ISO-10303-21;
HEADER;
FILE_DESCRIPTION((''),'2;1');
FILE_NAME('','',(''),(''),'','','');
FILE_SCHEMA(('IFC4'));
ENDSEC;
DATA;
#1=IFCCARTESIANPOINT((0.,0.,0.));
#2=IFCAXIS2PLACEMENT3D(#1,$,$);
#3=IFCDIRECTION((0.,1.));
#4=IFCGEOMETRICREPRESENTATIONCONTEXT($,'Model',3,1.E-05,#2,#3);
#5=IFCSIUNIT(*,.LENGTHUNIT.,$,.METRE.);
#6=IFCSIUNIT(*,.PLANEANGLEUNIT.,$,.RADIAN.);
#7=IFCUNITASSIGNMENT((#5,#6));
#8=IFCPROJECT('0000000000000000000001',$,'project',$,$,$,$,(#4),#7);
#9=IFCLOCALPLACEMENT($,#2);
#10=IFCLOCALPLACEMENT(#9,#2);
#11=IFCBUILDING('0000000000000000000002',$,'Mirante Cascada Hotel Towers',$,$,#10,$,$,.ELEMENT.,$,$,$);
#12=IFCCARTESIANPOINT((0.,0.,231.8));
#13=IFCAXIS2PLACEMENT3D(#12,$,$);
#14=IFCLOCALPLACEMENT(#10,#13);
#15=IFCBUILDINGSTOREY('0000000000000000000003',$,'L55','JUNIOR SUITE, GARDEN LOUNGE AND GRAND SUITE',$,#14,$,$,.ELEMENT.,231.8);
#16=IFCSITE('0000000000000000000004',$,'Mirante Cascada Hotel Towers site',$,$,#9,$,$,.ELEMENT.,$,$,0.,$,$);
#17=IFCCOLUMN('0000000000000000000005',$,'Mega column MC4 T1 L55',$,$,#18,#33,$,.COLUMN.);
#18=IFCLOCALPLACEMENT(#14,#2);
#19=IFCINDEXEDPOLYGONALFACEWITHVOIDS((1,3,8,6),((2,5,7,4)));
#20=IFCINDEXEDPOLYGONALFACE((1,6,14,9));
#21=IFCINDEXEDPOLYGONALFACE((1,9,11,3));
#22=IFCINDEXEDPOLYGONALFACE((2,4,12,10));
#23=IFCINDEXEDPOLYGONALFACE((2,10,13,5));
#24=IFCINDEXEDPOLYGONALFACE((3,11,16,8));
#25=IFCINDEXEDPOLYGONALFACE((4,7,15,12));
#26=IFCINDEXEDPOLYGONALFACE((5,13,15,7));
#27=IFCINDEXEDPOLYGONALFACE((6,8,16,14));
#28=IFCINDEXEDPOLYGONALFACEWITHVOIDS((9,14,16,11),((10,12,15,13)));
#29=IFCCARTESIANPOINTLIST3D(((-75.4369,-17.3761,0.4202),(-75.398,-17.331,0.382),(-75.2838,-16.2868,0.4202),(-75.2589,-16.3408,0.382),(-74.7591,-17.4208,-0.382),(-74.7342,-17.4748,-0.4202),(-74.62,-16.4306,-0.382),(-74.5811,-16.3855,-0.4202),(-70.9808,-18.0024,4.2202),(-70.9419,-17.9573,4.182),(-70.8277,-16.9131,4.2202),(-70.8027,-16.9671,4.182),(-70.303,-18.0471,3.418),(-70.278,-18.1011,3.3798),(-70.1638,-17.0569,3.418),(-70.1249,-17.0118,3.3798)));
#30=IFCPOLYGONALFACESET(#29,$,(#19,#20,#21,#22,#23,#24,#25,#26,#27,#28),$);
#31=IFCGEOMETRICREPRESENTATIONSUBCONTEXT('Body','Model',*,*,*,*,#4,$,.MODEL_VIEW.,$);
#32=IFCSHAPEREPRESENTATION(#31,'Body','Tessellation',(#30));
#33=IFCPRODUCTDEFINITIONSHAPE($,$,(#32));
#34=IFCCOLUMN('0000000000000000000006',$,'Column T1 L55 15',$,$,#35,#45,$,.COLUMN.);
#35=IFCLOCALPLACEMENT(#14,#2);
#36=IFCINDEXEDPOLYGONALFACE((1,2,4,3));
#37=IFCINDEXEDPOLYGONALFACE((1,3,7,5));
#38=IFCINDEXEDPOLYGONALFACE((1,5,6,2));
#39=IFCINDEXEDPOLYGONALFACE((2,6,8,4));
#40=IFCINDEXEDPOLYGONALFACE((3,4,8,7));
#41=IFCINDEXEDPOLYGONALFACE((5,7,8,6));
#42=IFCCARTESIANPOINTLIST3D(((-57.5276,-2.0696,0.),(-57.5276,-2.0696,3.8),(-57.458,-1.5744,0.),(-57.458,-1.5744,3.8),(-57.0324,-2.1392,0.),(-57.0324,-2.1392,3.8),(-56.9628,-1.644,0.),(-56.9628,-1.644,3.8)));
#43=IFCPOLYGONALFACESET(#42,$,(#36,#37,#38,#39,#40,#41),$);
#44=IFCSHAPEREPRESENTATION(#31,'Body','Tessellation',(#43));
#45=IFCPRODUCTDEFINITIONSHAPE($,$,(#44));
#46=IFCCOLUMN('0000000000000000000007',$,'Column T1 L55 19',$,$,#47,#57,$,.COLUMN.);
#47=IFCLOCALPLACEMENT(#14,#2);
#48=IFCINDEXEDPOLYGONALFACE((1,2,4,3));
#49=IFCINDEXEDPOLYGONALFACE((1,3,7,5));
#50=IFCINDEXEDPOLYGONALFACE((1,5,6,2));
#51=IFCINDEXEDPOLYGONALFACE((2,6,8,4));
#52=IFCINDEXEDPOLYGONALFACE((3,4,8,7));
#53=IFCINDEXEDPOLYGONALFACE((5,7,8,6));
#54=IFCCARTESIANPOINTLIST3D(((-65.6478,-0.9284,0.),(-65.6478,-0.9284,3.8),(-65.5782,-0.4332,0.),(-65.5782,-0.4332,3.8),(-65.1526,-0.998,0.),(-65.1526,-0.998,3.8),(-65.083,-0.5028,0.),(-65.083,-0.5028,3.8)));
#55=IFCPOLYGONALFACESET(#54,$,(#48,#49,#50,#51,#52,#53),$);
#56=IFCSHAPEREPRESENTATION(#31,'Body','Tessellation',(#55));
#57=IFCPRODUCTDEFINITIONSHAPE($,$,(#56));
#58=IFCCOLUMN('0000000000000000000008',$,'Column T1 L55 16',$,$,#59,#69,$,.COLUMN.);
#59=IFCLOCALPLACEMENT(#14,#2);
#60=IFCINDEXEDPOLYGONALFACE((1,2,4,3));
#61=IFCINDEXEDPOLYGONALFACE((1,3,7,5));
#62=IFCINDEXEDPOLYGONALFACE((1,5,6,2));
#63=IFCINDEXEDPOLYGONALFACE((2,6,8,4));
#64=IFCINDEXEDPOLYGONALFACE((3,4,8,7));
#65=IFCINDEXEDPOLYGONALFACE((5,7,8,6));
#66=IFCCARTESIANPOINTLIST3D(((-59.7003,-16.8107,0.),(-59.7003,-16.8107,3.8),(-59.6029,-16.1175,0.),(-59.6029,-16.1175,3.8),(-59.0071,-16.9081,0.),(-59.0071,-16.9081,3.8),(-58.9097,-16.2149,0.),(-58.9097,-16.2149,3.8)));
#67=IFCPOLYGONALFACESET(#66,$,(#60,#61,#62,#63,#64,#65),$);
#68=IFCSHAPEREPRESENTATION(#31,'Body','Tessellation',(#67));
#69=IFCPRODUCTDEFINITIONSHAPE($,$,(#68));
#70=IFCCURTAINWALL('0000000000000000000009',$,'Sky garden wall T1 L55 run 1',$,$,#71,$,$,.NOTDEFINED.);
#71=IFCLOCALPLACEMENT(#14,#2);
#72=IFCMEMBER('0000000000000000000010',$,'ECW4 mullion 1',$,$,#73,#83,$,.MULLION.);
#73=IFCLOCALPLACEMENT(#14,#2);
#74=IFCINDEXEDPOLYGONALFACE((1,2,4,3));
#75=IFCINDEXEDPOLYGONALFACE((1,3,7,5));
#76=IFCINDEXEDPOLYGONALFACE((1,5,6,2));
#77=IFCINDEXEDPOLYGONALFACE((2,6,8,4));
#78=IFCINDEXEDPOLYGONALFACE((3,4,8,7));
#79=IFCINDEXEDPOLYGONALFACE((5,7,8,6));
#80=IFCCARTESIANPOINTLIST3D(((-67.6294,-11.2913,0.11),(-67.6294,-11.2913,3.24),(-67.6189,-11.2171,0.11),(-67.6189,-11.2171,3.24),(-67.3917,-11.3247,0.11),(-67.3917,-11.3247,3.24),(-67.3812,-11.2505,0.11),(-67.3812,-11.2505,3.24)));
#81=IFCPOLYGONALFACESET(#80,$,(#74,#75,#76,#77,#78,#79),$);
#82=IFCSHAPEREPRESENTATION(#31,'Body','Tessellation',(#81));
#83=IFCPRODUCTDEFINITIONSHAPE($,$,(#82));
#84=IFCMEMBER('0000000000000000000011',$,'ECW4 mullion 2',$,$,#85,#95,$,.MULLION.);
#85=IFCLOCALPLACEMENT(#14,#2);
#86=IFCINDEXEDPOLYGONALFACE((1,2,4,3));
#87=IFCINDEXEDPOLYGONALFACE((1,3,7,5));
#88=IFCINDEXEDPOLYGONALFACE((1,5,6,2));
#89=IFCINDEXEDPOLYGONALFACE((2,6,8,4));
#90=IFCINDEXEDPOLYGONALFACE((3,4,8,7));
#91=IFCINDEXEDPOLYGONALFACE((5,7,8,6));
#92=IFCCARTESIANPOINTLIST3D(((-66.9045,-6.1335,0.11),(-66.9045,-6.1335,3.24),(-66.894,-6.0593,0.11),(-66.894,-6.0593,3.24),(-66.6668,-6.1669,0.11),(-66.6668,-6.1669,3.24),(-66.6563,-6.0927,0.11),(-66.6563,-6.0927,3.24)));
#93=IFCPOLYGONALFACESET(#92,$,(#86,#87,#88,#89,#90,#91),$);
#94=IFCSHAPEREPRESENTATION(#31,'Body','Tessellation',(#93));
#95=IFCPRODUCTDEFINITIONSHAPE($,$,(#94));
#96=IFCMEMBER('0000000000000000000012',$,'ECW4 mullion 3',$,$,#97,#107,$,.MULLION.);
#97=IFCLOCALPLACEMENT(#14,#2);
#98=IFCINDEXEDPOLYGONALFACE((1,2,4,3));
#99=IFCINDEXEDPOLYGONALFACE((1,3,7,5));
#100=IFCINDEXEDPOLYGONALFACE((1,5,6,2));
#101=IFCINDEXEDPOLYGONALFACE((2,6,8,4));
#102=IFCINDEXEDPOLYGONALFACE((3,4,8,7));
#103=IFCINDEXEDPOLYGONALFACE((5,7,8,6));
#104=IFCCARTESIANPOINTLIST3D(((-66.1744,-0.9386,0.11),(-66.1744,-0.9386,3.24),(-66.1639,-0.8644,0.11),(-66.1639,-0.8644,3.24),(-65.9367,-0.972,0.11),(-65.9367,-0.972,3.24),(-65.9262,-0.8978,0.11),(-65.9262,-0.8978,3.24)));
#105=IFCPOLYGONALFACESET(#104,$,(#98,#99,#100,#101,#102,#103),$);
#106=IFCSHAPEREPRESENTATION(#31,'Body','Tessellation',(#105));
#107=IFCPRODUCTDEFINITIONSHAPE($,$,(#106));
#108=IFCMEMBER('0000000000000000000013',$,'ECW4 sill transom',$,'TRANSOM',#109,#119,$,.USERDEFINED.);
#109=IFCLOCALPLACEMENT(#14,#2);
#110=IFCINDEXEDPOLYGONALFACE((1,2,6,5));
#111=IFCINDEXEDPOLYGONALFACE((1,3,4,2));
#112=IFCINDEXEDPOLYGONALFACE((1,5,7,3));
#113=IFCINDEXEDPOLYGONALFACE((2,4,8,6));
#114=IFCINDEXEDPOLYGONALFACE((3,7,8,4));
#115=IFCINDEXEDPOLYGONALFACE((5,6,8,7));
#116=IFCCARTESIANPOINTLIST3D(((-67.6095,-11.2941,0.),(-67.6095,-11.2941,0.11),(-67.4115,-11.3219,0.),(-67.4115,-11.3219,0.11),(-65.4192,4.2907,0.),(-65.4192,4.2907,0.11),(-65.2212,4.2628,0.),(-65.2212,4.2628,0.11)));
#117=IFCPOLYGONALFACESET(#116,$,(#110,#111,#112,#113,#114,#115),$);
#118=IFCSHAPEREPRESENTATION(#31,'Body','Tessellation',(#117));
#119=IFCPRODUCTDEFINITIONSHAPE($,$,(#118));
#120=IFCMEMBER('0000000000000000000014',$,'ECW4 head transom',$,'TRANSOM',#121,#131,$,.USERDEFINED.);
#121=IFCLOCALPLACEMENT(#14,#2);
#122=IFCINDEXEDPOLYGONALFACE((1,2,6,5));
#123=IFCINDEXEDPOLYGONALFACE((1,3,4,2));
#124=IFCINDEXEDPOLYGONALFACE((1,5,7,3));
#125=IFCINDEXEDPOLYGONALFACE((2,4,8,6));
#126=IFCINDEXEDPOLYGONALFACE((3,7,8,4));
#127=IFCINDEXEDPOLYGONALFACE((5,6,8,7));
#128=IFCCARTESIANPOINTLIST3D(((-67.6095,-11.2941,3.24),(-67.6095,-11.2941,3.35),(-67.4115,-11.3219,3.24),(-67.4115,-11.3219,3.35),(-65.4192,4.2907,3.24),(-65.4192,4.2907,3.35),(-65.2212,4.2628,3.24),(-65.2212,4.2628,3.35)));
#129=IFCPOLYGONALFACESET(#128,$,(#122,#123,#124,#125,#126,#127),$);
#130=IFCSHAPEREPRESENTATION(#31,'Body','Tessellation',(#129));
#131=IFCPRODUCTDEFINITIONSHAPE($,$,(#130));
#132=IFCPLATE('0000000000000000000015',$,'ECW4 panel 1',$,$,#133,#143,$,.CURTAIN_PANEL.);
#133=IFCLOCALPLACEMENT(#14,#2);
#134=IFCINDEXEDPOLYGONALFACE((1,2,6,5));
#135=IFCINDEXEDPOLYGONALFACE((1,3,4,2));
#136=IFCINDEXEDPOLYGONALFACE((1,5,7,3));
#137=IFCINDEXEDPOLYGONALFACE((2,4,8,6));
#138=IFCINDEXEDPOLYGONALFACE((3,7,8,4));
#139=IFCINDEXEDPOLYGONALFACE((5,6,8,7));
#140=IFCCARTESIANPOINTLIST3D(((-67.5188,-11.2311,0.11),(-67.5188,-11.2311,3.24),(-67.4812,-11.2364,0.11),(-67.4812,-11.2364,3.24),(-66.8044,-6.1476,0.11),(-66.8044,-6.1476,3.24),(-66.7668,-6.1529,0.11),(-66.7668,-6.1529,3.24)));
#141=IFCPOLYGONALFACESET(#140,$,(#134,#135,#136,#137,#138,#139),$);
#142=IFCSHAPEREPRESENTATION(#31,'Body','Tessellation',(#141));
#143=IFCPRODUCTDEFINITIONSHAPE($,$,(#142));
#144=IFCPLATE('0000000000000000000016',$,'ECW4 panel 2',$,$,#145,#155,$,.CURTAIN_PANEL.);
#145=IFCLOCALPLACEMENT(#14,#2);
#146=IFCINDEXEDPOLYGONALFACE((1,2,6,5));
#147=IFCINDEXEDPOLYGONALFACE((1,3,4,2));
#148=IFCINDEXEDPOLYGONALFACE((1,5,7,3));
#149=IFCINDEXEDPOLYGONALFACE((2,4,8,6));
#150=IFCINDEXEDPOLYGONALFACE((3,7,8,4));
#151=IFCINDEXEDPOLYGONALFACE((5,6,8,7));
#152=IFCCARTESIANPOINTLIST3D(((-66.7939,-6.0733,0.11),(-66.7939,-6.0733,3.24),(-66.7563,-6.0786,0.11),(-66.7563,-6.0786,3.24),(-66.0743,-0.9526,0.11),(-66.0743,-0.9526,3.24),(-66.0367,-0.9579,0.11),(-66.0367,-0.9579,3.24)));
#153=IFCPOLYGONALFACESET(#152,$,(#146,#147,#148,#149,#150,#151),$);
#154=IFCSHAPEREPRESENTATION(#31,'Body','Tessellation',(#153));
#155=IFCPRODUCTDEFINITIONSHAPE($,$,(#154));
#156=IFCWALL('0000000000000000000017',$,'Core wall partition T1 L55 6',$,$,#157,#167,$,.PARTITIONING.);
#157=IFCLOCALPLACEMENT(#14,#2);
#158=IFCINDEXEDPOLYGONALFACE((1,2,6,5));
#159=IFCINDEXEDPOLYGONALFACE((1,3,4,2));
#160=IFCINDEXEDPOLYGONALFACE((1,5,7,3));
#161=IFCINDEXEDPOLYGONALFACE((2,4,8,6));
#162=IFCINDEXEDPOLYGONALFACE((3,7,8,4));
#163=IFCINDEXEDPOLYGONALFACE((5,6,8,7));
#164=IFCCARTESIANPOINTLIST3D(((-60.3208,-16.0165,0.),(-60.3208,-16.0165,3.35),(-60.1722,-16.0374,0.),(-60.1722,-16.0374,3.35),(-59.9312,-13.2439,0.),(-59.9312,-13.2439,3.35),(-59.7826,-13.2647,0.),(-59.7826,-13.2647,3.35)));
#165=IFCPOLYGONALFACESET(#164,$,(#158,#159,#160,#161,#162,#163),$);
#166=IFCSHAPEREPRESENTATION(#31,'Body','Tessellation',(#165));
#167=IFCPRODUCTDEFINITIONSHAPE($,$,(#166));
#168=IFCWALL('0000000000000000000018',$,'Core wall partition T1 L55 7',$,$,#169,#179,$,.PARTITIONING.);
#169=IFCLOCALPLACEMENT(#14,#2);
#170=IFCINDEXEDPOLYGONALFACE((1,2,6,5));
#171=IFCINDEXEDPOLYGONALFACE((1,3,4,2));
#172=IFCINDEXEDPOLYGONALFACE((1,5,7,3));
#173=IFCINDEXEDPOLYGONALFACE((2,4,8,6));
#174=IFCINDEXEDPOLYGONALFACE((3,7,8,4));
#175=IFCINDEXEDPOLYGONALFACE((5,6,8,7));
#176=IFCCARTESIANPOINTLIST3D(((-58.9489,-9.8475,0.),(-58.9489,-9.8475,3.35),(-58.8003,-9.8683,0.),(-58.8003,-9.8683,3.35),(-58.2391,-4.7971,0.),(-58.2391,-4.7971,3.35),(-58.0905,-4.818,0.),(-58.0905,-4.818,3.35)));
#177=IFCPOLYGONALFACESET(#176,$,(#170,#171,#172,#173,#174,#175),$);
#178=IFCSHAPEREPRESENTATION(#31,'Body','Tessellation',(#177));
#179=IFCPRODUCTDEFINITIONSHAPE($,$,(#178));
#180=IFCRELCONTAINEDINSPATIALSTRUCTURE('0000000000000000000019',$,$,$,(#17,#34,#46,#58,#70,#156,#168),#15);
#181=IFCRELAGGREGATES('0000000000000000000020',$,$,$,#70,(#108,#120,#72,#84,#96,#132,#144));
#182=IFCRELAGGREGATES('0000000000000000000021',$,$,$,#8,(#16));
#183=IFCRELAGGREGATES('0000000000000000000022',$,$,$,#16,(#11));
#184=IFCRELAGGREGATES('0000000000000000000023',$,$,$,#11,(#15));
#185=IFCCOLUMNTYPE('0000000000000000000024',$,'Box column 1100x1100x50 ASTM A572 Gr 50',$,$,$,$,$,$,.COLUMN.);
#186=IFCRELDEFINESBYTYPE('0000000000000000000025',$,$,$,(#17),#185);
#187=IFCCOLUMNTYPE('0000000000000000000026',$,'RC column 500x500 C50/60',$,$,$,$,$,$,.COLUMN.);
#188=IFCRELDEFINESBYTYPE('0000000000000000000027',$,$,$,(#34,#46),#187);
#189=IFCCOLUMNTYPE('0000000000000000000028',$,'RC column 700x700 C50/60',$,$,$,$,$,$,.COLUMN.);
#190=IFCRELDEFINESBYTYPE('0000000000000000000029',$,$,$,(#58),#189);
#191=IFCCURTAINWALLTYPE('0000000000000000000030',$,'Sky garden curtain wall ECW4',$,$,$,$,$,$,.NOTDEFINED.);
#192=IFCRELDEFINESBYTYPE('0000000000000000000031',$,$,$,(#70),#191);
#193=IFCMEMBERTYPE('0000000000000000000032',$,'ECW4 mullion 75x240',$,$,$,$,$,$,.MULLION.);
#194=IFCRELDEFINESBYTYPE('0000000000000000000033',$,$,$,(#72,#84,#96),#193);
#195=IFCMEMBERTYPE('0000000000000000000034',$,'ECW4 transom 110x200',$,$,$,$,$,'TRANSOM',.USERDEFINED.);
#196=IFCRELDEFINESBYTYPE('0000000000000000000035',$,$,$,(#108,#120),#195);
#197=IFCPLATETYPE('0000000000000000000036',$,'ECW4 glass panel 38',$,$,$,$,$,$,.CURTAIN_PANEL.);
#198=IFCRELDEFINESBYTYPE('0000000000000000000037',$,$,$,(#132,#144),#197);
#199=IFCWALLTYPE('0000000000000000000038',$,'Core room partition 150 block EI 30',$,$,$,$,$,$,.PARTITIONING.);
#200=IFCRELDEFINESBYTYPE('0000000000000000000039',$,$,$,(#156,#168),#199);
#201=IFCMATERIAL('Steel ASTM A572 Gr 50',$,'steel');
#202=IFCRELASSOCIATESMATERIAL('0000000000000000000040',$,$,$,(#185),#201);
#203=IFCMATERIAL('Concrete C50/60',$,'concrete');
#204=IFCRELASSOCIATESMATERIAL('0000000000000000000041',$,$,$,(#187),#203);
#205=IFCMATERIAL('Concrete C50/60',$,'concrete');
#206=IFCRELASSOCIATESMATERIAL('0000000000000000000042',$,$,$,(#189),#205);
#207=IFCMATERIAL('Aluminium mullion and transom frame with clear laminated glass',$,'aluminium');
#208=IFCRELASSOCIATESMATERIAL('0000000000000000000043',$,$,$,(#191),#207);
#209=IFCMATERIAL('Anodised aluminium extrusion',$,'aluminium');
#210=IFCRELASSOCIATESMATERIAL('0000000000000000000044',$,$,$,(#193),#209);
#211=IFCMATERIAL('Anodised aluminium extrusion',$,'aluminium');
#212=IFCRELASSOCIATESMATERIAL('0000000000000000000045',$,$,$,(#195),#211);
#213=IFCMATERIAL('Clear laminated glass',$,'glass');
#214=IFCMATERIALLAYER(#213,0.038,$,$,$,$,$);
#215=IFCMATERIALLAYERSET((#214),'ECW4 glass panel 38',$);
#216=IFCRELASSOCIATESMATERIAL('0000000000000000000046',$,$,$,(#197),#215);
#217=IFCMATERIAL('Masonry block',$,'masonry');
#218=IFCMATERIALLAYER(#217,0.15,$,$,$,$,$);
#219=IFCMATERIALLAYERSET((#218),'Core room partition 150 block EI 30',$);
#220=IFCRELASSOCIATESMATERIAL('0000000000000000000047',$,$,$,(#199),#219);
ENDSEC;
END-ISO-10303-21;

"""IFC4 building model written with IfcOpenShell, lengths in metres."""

from ifc_helpers import new_model, si_unit, direction, frame, frame_2d, origin, origin_2d, place, context, subcontext, project, spatial, rectangle, hollow_rectangle, extrude, material, layer, layer_set, material_profile, profile_set, type_object, element, aggregate, save


model = new_model("IFC4")

# Units and contexts
model_context = context("Model", 3, precision=1e-05, world=origin(), true_north=direction((0.0, 1.0)))
body_context = subcontext(model_context, "Body", "Model", "MODEL_VIEW")
ifc_project = project(units=[si_unit("LENGTHUNIT", "METRE"), si_unit("PLANEANGLEUNIT", "RADIAN")], contexts=[model_context])

# Site, building, storey
site_placement = place(None, origin())
site = spatial("IfcSite", under=ifc_project, at=site_placement, Name="Mirante Cascada Hotel Towers site", CompositionType="ELEMENT", RefElevation=0.0)
building_placement = place(site_placement, origin())
building = spatial("IfcBuilding", under=site, at=building_placement, Name="Mirante Cascada Hotel Towers", CompositionType="ELEMENT")
storey_placement = place(building_placement, frame((0.0, 0.0, 231.8)))
storey = spatial("IfcBuildingStorey", under=building, at=storey_placement, Name="L55", Description="JUNIOR SUITE, GARDEN LOUNGE AND GRAND SUITE", CompositionType="ELEMENT", Elevation=231.8)

# Columns
ifc_material_1 = material(Name="Steel ASTM A572 Gr 50", Category="steel")
ifc_material_profile_1 = material_profile(ifc_material_1, hollow_rectangle(XDim=1.1, YDim=1.1, WallThickness=0.05, at=origin_2d()), Name="Box column 1100x1100x50 ASTM A572 Gr 50")
ifc_profile_set_1 = profile_set([ifc_material_profile_1], Name="Steel ASTM A572 Gr 50")
column_type_1 = type_object("IfcColumnType", Name="Box column 1100x1100x50 ASTM A572 Gr 50", PredefinedType="COLUMN", material=ifc_profile_set_1)
column_1_placement = place(storey_placement, frame((-75.009, -16.8808, 0.0), z_axis=(0.756594, -0.106336, 0.645181), x_axis=(0.139178, 0.990267, 0.0)))
element("IfcColumn", 1, at=column_1_placement, inside=storey, type_object=column_type_1, Name="Mega column MC4 T1 L55", PredefinedType="COLUMN", context=body_context, shape_type="SweptSolid", body=[
    extrude(hollow_rectangle(XDim=1.1, YDim=1.1, WallThickness=0.05, at=origin_2d()), origin(), (0.0, 0.0, 1.0), 5.8898),
])
ifc_material_2 = material(Name="Concrete C50/60", Category="concrete")
ifc_material_profile_2 = material_profile(ifc_material_2, rectangle(XDim=0.5, YDim=0.5, at=origin_2d()), Name="RC column 500x500 C50/60")
ifc_profile_set_2 = profile_set([ifc_material_profile_2], Name="Concrete C50/60")
column_type_2 = type_object("IfcColumnType", Name="RC column 500x500 C50/60", PredefinedType="COLUMN", material=ifc_profile_set_2)
for number, where, z_axis, x_axis, name in (
    (2, (-57.2452, -1.8568, 0.0), (0.0, 0.0, 1.0), (-0.990268, 0.139173, 0.0), "Column T1 L55 15"),
    (3, (-65.3654, -0.7156, 0.0), (0.0, 0.0, 1.0), (-0.990268, 0.139173, 0.0), "Column T1 L55 19"),
):
    element("IfcColumn", number, at=place(storey_placement, frame(where, z_axis=z_axis, x_axis=x_axis)), inside=storey, type_object=column_type_2, Name=name, PredefinedType="COLUMN", context=body_context, shape_type="SweptSolid", body=[
        extrude(rectangle(XDim=0.5, YDim=0.5, at=origin_2d()), origin(), (0.0, 0.0, 1.0), 3.8),
    ])
ifc_material_3 = material(Name="Concrete C50/60", Category="concrete")
ifc_material_profile_3 = material_profile(ifc_material_3, rectangle(XDim=0.7, YDim=0.7, at=origin_2d()), Name="RC column 700x700 C50/60")
ifc_profile_set_3 = profile_set([ifc_material_profile_3], Name="Concrete C50/60")
column_type_3 = type_object("IfcColumnType", Name="RC column 700x700 C50/60", PredefinedType="COLUMN", material=ifc_profile_set_3)
column_2_placement = place(storey_placement, frame((-59.305, -16.5128, 0.0), z_axis=(0.0, 0.0, 1.0), x_axis=(-0.990268, 0.139173, 0.0)))
element("IfcColumn", 4, at=column_2_placement, inside=storey, type_object=column_type_3, Name="Column T1 L55 16", PredefinedType="COLUMN", context=body_context, shape_type="SweptSolid", body=[
    extrude(rectangle(XDim=0.7, YDim=0.7, at=origin_2d()), origin(), (0.0, 0.0, 1.0), 3.8),
])

# Curtain wall, members, plates
ifc_material_4 = material(Name="Aluminium mullion and transom frame with clear laminated glass", Category="aluminium")
curtain_wall_type = type_object("IfcCurtainWallType", Name="Sky garden curtain wall ECW4", PredefinedType="NOTDEFINED", material=ifc_material_4)
curtain_wall_placement = place(storey_placement, origin())
curtain_wall = element("IfcCurtainWall", 5, at=curtain_wall_placement, inside=storey, type_object=curtain_wall_type, Name="Sky garden wall T1 L55 run 1", PredefinedType="NOTDEFINED")
ifc_material_5 = material(Name="Anodised aluminium extrusion", Category="aluminium")
ifc_material_profile_4 = material_profile(ifc_material_5, rectangle(XDim=0.24, YDim=0.075, at=origin_2d()), Name="ECW4 MULLION 75x240")
ifc_profile_set_4 = profile_set([ifc_material_profile_4], Name="Anodised aluminium extrusion")
member_type_1 = type_object("IfcMemberType", Name="ECW4 mullion 75x240", PredefinedType="MULLION", material=ifc_profile_set_4)
member_1_placement = place(storey_placement, frame((-67.5053, -11.2709, 0.11), z_axis=(0.0, 0.0, 1.0), x_axis=(-0.990268, 0.139173, 0.0)))
member_1 = element("IfcMember", 6, at=member_1_placement, type_object=member_type_1, Name="ECW4 mullion 1", PredefinedType="MULLION", context=body_context, shape_type="SweptSolid", body=[
    extrude(rectangle(XDim=0.24, YDim=0.075, at=origin_2d()), origin(), (0.0, 0.0, 1.0), 3.13),
])
member_2_placement = place(storey_placement, frame((-66.7804, -6.1131, 0.11), z_axis=(0.0, 0.0, 1.0), x_axis=(-0.990268, 0.139173, 0.0)))
member_2 = element("IfcMember", 7, at=member_2_placement, type_object=member_type_1, Name="ECW4 mullion 2", PredefinedType="MULLION", context=body_context, shape_type="SweptSolid", body=[
    extrude(rectangle(XDim=0.24, YDim=0.075, at=origin_2d()), origin(), (0.0, 0.0, 1.0), 3.13),
])
member_3_placement = place(storey_placement, frame((-66.0503, -0.9182, 0.11), z_axis=(0.0, 0.0, 1.0), x_axis=(-0.990268, 0.139173, 0.0)))
member_3 = element("IfcMember", 8, at=member_3_placement, type_object=member_type_1, Name="ECW4 mullion 3", PredefinedType="MULLION", context=body_context, shape_type="SweptSolid", body=[
    extrude(rectangle(XDim=0.24, YDim=0.075, at=origin_2d()), origin(), (0.0, 0.0, 1.0), 3.13),
])
ifc_material_6 = material(Name="Anodised aluminium extrusion", Category="aluminium")
ifc_material_profile_5 = material_profile(ifc_material_6, rectangle(XDim=0.2, YDim=0.11, at=origin_2d()), Name="ECW4 TRANSOM 110x200")
ifc_profile_set_5 = profile_set([ifc_material_profile_5], Name="Anodised aluminium extrusion")
member_type_2 = type_object("IfcMemberType", Name="ECW4 transom 110x200", ElementType="TRANSOM", PredefinedType="USERDEFINED", material=ifc_profile_set_5)
member_4_placement = place(storey_placement, frame((-67.5105, -11.308, 0.055), z_axis=(0.139174, 0.990268, 0.0), x_axis=(-0.990268, 0.139174, 0.0)))
member_4 = element("IfcMember", 9, at=member_4_placement, type_object=member_type_2, Name="ECW4 sill transom", ObjectType="TRANSOM", PredefinedType="USERDEFINED", context=body_context, shape_type="SweptSolid", body=[
    extrude(rectangle(XDim=0.2, YDim=0.11, at=origin_2d()), origin(), (0.0, 0.0, 1.0), 15.7379),
])
member_5_placement = place(storey_placement, frame((-67.5105, -11.308, 3.295), z_axis=(0.139174, 0.990268, 0.0), x_axis=(-0.990268, 0.139174, 0.0)))
member_5 = element("IfcMember", 10, at=member_5_placement, type_object=member_type_2, Name="ECW4 head transom", ObjectType="TRANSOM", PredefinedType="USERDEFINED", context=body_context, shape_type="SweptSolid", body=[
    extrude(rectangle(XDim=0.2, YDim=0.11, at=origin_2d()), origin(), (0.0, 0.0, 1.0), 15.7379),
])
ifc_material_7 = material(Name="Clear laminated glass", Category="glass")
ifc_layer_1 = layer(ifc_material_7, 0.038)
ifc_layer_set_1 = layer_set([ifc_layer_1], Name="ECW4 glass panel 38")
plate_type = type_object("IfcPlateType", Name="ECW4 glass panel 38", PredefinedType="CURTAIN_PANEL", material=ifc_layer_set_1)
plate_1_placement = place(storey_placement, frame((-67.1428, -8.692, 0.11), z_axis=(0.0, 0.0, 1.0), x_axis=(0.139173, 0.990268, 0.0)))
plate_1 = element("IfcPlate", 11, at=plate_1_placement, type_object=plate_type, Name="ECW4 panel 1", PredefinedType="CURTAIN_PANEL", context=body_context, shape_type="SweptSolid", body=[
    extrude(rectangle(XDim=5.1335, YDim=0.038, at=origin_2d()), origin(), (0.0, 0.0, 1.0), 3.13),
])
plate_2_placement = place(storey_placement, frame((-66.4153, -3.5156, 0.11), z_axis=(0.0, 0.0, 1.0), x_axis=(0.139173, 0.990268, 0.0)))
plate_2 = element("IfcPlate", 12, at=plate_2_placement, type_object=plate_type, Name="ECW4 panel 2", PredefinedType="CURTAIN_PANEL", context=body_context, shape_type="SweptSolid", body=[
    extrude(rectangle(XDim=5.171, YDim=0.038, at=origin_2d()), origin(), (0.0, 0.0, 1.0), 3.13),
])
aggregate(curtain_wall, [member_4, member_5, member_1, member_2, member_3, plate_1, plate_2])

# Walls
ifc_material_8 = material(Name="Masonry block", Category="masonry")
ifc_layer_2 = layer(ifc_material_8, 0.15)
ifc_layer_set_2 = layer_set([ifc_layer_2], Name="Core room partition 150 block EI 30")
wall_type_1 = type_object("IfcWallType", Name="Core room partition 150 block EI 30", PredefinedType="PARTITIONING", material=ifc_layer_set_2)
wall_1_placement = place(storey_placement, frame((-60.2465, -16.027, 0.0), z_axis=(0.0, 0.0, 1.0), x_axis=(0.139146, 0.990272, 0.0)))
element("IfcWall", 13, at=wall_1_placement, inside=storey, type_object=wall_type_1, Name="Core wall partition T1 L55 6", PredefinedType="PARTITIONING", context=body_context, shape_type="SweptSolid", body=[
    extrude(rectangle(XDim=2.7999, YDim=0.15, at=frame_2d((1.4, 0.0))), origin(), (0.0, 0.0, 1.0), 3.35),
])
wall_2_placement = place(storey_placement, frame((-58.8746, -9.8579, 0.0), z_axis=(0.0, 0.0, 1.0), x_axis=(0.139176, 0.990268, 0.0)))
element("IfcWall", 14, at=wall_2_placement, inside=storey, type_object=wall_type_1, Name="Core wall partition T1 L55 7", PredefinedType="PARTITIONING", context=body_context, shape_type="SweptSolid", body=[
    extrude(rectangle(XDim=5.1, YDim=0.15, at=frame_2d((2.55, 0.0))), origin(), (0.0, 0.0, 1.0), 3.35),
])

save(model, "model.ifc")
